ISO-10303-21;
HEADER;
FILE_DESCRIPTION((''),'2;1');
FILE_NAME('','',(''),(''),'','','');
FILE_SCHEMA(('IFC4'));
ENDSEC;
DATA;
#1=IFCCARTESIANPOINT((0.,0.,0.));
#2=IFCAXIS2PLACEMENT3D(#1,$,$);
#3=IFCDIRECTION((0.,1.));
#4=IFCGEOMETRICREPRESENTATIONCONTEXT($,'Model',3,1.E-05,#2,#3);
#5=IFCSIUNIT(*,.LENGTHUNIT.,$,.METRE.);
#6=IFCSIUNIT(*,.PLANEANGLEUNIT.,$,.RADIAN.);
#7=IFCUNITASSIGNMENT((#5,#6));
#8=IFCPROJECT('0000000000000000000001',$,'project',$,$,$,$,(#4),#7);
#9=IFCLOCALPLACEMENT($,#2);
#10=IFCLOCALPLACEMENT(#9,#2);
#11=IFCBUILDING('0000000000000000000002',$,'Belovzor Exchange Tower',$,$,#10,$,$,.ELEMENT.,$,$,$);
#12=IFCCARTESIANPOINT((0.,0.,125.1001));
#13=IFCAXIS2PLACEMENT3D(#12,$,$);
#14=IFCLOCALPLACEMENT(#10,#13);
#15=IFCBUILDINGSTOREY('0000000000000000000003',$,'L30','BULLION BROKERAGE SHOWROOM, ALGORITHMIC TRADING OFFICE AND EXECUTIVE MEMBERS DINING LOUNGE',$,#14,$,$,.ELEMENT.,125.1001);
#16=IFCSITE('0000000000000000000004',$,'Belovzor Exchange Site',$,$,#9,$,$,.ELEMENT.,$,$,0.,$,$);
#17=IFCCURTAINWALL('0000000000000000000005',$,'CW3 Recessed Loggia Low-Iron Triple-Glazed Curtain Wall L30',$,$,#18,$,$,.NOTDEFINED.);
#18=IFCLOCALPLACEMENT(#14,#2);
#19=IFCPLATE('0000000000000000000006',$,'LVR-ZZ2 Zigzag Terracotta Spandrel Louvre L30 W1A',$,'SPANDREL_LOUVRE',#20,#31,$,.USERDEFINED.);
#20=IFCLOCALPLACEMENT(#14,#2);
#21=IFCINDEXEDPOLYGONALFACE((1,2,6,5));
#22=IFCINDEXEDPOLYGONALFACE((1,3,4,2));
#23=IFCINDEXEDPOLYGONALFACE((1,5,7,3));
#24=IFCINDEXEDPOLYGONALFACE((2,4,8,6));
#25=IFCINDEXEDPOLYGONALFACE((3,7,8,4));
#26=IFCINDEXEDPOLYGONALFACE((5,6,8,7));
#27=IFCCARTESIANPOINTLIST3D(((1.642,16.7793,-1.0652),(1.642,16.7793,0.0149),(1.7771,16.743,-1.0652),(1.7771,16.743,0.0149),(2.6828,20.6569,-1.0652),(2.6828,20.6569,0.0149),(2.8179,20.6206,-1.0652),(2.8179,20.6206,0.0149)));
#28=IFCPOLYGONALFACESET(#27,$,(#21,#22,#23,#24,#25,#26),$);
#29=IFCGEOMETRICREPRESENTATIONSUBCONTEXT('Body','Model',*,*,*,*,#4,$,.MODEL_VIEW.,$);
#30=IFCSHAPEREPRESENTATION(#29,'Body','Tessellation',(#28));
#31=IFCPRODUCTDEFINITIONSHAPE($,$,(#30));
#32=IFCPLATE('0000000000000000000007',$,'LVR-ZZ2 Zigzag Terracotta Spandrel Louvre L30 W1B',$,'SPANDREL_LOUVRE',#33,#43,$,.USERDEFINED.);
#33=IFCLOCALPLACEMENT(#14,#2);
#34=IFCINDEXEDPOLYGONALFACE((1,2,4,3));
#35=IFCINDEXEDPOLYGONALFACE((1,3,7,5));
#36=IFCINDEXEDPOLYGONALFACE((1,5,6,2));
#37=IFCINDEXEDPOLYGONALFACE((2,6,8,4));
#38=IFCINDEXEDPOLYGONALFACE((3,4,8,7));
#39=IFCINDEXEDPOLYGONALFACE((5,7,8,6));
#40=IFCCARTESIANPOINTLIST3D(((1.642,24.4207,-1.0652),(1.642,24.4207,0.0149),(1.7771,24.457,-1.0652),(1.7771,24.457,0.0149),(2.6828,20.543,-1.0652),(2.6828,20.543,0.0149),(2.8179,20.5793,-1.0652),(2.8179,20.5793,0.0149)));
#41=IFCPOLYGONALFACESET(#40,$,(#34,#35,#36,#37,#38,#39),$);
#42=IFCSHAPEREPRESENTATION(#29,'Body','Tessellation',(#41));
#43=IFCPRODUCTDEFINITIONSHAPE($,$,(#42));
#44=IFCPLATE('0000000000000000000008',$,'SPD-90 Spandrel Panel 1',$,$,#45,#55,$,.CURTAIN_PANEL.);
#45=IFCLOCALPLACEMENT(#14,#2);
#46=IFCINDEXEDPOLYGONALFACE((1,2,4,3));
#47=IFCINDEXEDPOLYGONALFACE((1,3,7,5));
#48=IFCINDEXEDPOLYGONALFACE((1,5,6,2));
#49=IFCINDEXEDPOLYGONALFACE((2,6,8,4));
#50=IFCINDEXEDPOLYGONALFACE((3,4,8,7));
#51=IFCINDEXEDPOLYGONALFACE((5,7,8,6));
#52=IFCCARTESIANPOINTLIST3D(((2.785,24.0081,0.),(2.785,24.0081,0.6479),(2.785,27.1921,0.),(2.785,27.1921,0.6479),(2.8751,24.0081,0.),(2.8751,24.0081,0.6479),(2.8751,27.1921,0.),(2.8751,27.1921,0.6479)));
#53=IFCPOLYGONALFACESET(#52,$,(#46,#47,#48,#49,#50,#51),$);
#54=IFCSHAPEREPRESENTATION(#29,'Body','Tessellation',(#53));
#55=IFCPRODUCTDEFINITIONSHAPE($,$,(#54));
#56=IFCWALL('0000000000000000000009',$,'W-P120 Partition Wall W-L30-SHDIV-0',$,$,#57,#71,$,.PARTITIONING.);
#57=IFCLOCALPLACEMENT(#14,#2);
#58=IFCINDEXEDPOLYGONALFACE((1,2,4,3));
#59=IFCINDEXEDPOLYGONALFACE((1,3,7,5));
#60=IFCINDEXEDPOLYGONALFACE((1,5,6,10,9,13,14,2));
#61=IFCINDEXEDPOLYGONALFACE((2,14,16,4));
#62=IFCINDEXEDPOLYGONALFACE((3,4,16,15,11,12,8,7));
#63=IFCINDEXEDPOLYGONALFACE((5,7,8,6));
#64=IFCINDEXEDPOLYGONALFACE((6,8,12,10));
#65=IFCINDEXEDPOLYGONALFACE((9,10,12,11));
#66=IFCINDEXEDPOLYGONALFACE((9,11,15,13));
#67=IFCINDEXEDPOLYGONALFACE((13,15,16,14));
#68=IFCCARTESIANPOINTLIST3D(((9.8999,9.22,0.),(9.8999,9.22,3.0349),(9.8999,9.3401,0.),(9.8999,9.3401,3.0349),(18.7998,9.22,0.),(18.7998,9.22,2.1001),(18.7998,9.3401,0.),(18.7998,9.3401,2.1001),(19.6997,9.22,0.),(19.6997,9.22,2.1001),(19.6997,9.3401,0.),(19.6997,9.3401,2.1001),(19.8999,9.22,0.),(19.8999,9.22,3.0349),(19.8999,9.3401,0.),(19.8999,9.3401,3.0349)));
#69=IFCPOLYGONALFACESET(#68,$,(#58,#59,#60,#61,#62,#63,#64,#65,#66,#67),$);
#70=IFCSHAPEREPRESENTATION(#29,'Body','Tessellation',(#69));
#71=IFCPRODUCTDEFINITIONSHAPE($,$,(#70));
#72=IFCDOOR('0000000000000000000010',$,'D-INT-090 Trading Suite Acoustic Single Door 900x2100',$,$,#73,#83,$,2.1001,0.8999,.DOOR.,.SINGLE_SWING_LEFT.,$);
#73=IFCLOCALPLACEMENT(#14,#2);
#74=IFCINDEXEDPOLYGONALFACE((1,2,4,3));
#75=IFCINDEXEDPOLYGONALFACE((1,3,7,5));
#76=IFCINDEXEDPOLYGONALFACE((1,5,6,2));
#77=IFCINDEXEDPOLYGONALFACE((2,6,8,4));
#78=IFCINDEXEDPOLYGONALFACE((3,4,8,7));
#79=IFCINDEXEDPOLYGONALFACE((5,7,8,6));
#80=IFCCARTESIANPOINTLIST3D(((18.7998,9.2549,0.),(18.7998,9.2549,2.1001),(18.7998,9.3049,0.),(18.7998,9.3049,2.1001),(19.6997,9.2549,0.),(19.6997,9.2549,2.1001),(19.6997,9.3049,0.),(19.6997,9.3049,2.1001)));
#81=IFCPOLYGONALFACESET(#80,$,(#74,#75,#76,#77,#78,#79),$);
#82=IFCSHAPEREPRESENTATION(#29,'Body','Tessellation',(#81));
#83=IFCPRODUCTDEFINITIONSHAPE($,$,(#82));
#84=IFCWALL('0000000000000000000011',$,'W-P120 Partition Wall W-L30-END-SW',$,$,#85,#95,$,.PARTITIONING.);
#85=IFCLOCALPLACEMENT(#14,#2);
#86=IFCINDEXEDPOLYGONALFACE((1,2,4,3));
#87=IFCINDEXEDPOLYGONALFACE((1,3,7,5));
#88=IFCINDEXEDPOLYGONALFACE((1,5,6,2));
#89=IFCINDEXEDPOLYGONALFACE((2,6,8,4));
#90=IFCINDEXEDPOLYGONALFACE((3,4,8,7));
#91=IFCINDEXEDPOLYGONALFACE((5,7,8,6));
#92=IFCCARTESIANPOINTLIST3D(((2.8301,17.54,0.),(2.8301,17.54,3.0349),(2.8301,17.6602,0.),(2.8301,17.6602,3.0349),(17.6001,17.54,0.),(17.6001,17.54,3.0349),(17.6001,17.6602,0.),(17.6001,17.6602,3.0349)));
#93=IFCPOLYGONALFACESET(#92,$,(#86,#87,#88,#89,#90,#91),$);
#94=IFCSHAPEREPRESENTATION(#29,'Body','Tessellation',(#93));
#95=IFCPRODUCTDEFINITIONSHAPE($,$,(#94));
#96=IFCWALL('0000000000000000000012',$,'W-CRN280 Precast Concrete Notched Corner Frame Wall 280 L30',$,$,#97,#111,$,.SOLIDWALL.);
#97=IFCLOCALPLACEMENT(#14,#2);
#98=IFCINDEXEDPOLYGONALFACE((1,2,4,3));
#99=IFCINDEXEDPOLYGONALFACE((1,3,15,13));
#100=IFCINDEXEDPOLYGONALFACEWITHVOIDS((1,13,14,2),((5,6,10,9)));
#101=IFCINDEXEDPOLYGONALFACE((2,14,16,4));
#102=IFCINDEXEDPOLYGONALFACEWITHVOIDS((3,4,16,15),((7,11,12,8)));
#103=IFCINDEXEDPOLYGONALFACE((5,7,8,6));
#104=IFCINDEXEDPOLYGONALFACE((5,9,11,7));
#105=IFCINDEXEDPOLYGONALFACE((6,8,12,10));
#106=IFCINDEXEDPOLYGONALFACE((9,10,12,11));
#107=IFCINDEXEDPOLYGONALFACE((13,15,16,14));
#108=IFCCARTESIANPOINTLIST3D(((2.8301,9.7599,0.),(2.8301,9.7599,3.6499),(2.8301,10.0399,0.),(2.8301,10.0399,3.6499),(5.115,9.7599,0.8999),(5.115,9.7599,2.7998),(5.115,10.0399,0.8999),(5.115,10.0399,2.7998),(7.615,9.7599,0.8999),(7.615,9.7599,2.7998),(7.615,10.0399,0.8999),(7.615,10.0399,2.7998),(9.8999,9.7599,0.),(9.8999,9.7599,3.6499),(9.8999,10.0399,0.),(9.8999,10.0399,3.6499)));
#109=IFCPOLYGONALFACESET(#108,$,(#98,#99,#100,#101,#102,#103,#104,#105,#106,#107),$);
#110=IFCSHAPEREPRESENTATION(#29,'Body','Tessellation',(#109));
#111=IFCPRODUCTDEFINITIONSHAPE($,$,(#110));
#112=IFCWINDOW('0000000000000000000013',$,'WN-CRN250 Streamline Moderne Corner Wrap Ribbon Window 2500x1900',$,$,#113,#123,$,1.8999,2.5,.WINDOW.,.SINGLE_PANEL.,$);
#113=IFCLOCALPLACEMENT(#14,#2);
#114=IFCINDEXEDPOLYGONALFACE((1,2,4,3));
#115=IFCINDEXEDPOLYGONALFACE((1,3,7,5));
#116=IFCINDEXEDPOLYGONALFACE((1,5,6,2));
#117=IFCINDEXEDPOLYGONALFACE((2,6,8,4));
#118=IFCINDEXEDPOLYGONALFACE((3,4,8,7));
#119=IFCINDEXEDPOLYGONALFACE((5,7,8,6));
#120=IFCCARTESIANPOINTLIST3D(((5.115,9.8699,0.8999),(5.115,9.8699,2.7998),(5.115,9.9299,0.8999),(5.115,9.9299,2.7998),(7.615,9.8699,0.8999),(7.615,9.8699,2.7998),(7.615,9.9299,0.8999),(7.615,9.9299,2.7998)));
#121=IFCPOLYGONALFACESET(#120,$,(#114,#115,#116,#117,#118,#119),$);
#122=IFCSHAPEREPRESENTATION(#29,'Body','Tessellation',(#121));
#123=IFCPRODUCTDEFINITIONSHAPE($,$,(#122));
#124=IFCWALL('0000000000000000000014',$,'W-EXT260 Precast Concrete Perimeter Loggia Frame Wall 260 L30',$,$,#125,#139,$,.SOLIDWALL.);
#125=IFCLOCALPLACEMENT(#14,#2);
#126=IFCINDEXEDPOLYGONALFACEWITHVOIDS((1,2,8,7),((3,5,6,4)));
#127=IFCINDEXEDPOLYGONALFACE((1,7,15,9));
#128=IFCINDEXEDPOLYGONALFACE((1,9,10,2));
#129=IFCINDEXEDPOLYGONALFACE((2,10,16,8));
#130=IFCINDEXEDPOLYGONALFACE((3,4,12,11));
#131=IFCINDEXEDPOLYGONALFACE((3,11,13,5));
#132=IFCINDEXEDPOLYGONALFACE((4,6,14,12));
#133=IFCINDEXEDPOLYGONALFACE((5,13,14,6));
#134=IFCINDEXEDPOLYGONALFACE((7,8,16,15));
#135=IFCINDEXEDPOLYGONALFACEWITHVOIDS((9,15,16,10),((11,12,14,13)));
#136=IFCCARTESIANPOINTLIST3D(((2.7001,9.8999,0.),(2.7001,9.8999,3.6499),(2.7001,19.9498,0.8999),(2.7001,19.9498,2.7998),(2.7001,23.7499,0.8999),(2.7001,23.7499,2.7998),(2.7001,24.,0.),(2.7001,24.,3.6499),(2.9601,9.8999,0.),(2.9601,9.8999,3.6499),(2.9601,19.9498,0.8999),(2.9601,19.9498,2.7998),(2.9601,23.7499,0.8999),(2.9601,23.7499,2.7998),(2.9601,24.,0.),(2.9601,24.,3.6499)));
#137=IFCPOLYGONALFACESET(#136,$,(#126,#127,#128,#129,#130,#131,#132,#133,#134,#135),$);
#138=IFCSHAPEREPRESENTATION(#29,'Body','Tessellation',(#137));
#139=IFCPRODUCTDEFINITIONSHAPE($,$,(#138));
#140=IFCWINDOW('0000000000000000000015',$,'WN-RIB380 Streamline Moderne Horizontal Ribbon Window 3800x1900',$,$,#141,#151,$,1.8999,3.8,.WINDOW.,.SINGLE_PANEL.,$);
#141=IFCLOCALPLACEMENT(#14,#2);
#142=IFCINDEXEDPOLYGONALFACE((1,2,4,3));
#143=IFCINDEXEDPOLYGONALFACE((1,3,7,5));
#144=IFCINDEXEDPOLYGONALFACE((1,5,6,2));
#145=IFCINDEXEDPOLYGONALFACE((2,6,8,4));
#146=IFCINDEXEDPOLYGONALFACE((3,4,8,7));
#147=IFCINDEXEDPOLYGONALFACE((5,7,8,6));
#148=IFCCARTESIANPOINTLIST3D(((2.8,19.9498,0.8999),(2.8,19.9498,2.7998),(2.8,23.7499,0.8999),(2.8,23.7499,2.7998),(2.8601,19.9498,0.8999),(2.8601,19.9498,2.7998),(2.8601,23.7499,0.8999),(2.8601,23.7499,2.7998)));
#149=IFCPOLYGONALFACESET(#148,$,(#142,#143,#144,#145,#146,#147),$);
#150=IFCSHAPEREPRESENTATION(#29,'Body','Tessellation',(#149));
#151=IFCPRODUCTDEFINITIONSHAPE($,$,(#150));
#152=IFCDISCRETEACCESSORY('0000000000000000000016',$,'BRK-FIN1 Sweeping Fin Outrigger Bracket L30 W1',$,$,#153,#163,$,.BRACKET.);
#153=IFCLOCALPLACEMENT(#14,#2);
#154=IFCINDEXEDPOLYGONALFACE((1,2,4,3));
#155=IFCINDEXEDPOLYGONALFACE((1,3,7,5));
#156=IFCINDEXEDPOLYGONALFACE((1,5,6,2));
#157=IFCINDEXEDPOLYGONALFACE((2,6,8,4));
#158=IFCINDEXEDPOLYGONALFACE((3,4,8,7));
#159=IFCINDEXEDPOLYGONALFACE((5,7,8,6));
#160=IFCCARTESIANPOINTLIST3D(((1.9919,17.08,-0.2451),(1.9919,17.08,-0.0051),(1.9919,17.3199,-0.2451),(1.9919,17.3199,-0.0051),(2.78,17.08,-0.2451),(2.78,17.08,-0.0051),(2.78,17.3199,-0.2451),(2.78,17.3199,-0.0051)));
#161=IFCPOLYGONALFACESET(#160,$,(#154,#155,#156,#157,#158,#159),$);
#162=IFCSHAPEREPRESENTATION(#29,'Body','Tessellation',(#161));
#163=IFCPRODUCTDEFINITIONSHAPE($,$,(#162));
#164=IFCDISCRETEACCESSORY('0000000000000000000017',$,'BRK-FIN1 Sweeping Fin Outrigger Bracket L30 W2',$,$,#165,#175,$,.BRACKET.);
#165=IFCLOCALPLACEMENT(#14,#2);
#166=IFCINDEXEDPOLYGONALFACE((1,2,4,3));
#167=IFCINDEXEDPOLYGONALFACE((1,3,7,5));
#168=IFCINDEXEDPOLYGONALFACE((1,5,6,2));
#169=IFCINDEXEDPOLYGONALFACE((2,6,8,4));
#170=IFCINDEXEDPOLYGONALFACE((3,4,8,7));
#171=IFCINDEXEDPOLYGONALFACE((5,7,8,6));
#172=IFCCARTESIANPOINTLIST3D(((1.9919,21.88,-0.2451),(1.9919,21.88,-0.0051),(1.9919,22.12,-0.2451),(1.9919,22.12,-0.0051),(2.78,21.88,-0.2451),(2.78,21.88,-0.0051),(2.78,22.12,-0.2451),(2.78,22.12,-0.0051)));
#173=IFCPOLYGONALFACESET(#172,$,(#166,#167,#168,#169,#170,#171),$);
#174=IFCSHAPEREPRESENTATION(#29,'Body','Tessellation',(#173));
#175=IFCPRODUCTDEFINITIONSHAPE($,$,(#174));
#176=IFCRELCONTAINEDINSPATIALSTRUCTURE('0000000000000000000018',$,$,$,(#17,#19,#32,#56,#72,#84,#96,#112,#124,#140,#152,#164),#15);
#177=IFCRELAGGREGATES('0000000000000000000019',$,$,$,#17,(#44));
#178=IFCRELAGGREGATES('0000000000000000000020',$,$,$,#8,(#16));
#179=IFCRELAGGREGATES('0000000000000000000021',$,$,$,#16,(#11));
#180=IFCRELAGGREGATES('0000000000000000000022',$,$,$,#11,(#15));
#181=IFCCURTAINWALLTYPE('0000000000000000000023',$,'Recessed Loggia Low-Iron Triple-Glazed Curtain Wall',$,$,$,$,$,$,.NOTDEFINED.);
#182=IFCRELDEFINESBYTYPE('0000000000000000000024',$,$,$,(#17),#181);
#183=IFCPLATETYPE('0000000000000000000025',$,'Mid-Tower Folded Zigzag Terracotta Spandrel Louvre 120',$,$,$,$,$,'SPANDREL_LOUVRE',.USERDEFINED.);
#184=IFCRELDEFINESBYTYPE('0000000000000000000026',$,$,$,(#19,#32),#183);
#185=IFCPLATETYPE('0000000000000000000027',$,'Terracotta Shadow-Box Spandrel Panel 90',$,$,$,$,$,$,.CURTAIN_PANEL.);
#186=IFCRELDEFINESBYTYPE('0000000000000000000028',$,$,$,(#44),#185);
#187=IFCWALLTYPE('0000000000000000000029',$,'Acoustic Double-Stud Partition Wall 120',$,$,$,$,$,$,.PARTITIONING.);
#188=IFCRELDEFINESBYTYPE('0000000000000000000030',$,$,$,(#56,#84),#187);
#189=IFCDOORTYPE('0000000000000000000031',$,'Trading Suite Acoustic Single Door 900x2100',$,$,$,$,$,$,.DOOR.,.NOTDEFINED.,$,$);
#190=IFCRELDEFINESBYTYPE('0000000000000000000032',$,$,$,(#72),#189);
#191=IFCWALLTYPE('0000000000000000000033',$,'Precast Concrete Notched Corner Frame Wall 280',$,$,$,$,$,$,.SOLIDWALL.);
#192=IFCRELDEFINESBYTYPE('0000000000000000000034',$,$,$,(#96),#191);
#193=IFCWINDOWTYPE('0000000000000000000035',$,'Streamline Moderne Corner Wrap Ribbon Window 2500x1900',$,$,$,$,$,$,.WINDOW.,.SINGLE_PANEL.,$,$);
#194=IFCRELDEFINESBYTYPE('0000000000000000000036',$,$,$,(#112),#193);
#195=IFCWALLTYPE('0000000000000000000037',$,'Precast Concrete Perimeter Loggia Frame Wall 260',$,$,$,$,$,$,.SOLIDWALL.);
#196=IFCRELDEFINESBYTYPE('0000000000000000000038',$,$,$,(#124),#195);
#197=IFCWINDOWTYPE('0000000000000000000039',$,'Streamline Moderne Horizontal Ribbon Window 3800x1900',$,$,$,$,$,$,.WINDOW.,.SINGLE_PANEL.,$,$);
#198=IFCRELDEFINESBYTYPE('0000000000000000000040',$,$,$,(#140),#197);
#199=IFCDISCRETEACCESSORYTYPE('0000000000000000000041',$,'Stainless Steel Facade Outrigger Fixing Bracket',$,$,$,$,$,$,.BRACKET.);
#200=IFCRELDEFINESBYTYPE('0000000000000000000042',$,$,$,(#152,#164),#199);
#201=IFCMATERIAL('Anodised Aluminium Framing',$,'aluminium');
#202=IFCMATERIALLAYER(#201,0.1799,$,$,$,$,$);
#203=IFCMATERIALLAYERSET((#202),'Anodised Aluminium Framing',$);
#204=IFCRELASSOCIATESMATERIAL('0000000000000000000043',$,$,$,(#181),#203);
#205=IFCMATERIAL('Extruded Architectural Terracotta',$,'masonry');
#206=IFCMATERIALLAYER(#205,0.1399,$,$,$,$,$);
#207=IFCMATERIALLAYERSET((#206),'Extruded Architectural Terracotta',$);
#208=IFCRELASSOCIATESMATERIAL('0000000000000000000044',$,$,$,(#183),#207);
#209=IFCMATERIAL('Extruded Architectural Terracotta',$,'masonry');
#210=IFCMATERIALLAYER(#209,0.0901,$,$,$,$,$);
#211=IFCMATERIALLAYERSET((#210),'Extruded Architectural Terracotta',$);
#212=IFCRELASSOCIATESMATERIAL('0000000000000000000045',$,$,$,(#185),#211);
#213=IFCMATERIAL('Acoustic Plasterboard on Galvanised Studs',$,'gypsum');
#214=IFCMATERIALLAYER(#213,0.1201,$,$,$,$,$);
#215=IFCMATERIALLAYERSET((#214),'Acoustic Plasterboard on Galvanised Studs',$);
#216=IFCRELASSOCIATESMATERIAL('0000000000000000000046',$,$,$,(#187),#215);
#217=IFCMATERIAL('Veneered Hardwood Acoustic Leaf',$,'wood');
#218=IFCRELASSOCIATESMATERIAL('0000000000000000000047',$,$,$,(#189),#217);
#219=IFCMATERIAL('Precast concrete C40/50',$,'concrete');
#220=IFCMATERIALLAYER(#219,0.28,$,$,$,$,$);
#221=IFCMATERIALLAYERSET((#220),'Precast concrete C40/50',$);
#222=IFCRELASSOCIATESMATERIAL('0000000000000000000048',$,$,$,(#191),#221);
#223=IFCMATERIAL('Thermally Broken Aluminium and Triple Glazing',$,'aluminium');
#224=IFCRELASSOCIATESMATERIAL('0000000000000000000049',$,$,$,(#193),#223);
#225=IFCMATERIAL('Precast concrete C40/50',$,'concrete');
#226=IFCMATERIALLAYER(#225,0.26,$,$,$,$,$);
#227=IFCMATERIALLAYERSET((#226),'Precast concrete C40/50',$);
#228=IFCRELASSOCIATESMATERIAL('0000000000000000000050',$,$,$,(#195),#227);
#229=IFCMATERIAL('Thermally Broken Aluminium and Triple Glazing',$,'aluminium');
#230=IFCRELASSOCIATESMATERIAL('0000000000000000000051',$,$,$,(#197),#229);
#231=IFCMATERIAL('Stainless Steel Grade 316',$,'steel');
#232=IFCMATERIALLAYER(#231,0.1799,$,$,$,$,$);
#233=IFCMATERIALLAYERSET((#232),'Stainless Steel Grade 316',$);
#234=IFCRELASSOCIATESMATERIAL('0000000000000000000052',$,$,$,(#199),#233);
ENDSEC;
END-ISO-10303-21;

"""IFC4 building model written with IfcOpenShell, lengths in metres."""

from ifc_helpers import new_model, si_unit, direction, frame, frame_2d, origin, origin_2d, place, context, subcontext, project, spatial, rectangle, extrude, material, layer, layer_set, type_object, element, fill, aggregate, save


model = new_model("IFC4")

# Units and contexts
model_context = context("Model", 3, precision=1e-05, world=origin(), true_north=direction((0.0, 1.0)))
body_context = subcontext(model_context, "Body", "Model", "MODEL_VIEW")
ifc_project = project(units=[si_unit("LENGTHUNIT", "METRE"), si_unit("PLANEANGLEUNIT", "RADIAN")], contexts=[model_context])

# Site, building, storey
site_placement = place(None, origin())
site = spatial("IfcSite", under=ifc_project, at=site_placement, Name="Belovzor Exchange Site", CompositionType="ELEMENT", RefElevation=0.0)
building_placement = place(site_placement, origin())
building = spatial("IfcBuilding", under=site, at=building_placement, Name="Belovzor Exchange Tower", CompositionType="ELEMENT")
storey_placement = place(building_placement, frame((0.0, 0.0, 125.1001)))
storey = spatial("IfcBuildingStorey", under=building, at=storey_placement, Name="L30", Description="BULLION BROKERAGE SHOWROOM, ALGORITHMIC TRADING OFFICE AND EXECUTIVE MEMBERS DINING LOUNGE", CompositionType="ELEMENT", Elevation=125.1001)

# Curtain wall
ifc_material_1 = material(Name="Anodised Aluminium Framing", Category="aluminium")
ifc_layer_1 = layer(ifc_material_1, 0.1799)
ifc_layer_set_1 = layer_set([ifc_layer_1], Name="Anodised Aluminium Framing")
curtain_wall_type = type_object("IfcCurtainWallType", Name="Recessed Loggia Low-Iron Triple-Glazed Curtain Wall", PredefinedType="NOTDEFINED", material=ifc_layer_set_1)
curtain_wall_placement = place(storey_placement, origin())
curtain_wall = element("IfcCurtainWall", 1, at=curtain_wall_placement, inside=storey, type_object=curtain_wall_type, Name="CW3 Recessed Loggia Low-Iron Triple-Glazed Curtain Wall L30", PredefinedType="NOTDEFINED")

# Plates
ifc_material_2 = material(Name="Extruded Architectural Terracotta", Category="masonry")
ifc_layer_2 = layer(ifc_material_2, 0.1399)
ifc_layer_set_2 = layer_set([ifc_layer_2], Name="Extruded Architectural Terracotta")
plate_type_1 = type_object("IfcPlateType", Name="Mid-Tower Folded Zigzag Terracotta Spandrel Louvre 120", ElementType="SPANDREL_LOUVRE", PredefinedType="USERDEFINED", material=ifc_layer_set_2)
for number, where, z_axis, x_axis, name in (
    (2, (2.23, 18.7, -1.0652), (0.0, 0.0, 1.0), (0.25924, 0.965813, 0.0), "LVR-ZZ2 Zigzag Terracotta Spandrel Louvre L30 W1A"),
    (3, (2.23, 22.5, -1.0652), (0.0, 0.0, 1.0), (-0.25924, 0.965813, 0.0), "LVR-ZZ2 Zigzag Terracotta Spandrel Louvre L30 W1B"),
):
    element("IfcPlate", number, at=place(storey_placement, frame(where, z_axis=z_axis, x_axis=x_axis)), inside=storey, type_object=plate_type_1, Name=name, ObjectType="SPANDREL_LOUVRE", PredefinedType="USERDEFINED", context=body_context, shape_type="SweptSolid", body=[
        extrude(rectangle(XDim=4.0149, YDim=0.1399, at=origin_2d()), origin(), (0.0, 0.0, 1.0), 1.0801),
    ])

# Plate
ifc_material_3 = material(Name="Extruded Architectural Terracotta", Category="masonry")
ifc_layer_3 = layer(ifc_material_3, 0.0901)
ifc_layer_set_3 = layer_set([ifc_layer_3], Name="Extruded Architectural Terracotta")
plate_type_2 = type_object("IfcPlateType", Name="Terracotta Shadow-Box Spandrel Panel 90", PredefinedType="CURTAIN_PANEL", material=ifc_layer_set_3)
plate_placement = place(storey_placement, frame((2.8301, 25.6001, 0.0), z_axis=(0.0, 0.0, 1.0), x_axis=(0.0, 1.0, 0.0)))
plate = element("IfcPlate", 4, at=plate_placement, type_object=plate_type_2, Name="SPD-90 Spandrel Panel 1", PredefinedType="CURTAIN_PANEL", context=body_context, shape_type="SweptSolid", body=[
    extrude(rectangle(XDim=3.1841, YDim=0.0901, at=origin_2d()), origin(), (0.0, 0.0, 1.0), 0.6479),
])
aggregate(curtain_wall, [plate])

# Wall, opening, door
ifc_material_4 = material(Name="Acoustic Plasterboard on Galvanised Studs", Category="gypsum")
ifc_layer_4 = layer(ifc_material_4, 0.1201)
ifc_layer_set_4 = layer_set([ifc_layer_4], Name="Acoustic Plasterboard on Galvanised Studs")
wall_type_1 = type_object("IfcWallType", Name="Acoustic Double-Stud Partition Wall 120", PredefinedType="PARTITIONING", material=ifc_layer_set_4)
wall_1_placement = place(storey_placement, frame((9.8999, 9.28, 0.0), z_axis=(0.0, 0.0, 1.0), x_axis=(1.0, 0.0, 0.0)))
wall_1 = element("IfcWall", 5, at=wall_1_placement, inside=storey, type_object=wall_type_1, Name="W-P120 Partition Wall W-L30-SHDIV-0", PredefinedType="PARTITIONING", context=body_context, shape_type="SweptSolid", body=[
    extrude(rectangle(XDim=10.0, YDim=0.1201, at=frame_2d((5.0, 0.0))), origin(), (0.0, 0.0, 1.0), 3.0349),
])
opening_1_placement = place(wall_1_placement, frame((8.8999, 0.0, 0.0)))
opening_1 = element("IfcOpeningElement", 6, at=opening_1_placement, cuts=wall_1, PredefinedType="OPENING", context=body_context, shape_type="SweptSolid", body=[
    extrude(rectangle(XDim=0.8999, YDim=2.1001, at=frame_2d((0.45, 1.05))), frame((0.0, 0.0701, 0.0), z_axis=(0.0, -1.0, 0.0), x_axis=(1.0, 0.0, 0.0)), (0.0, 0.0, 1.0), 0.1401),
])
ifc_material_5 = material(Name="Veneered Hardwood Acoustic Leaf", Category="wood")
door_type = type_object("IfcDoorType", Name="Trading Suite Acoustic Single Door 900x2100", OperationType="NOTDEFINED", PredefinedType="DOOR", material=ifc_material_5)
door_placement = place(opening_1_placement, origin())
door = element("IfcDoor", 7, at=door_placement, inside=storey, type_object=door_type, Name="D-INT-090 Trading Suite Acoustic Single Door 900x2100", OperationType="SINGLE_SWING_LEFT", OverallHeight=2.1001, OverallWidth=0.8999, PredefinedType="DOOR", context=body_context, shape_type="SweptSolid", body=[
    extrude(rectangle(XDim=0.8999, YDim=2.1001, at=frame_2d((0.45, 1.05))), frame((0.0, 0.0249, 0.0), z_axis=(0.0, -1.0, 0.0), x_axis=(1.0, 0.0, 0.0)), (0.0, 0.0, 1.0), 0.05),
])
fill(opening_1, door)

# Wall
wall_2_placement = place(storey_placement, frame((2.8301, 17.6001, 0.0), z_axis=(0.0, 0.0, 1.0), x_axis=(1.0, 0.0, 0.0)))
element("IfcWall", 8, at=wall_2_placement, inside=storey, type_object=wall_type_1, Name="W-P120 Partition Wall W-L30-END-SW", PredefinedType="PARTITIONING", context=body_context, shape_type="SweptSolid", body=[
    extrude(rectangle(XDim=14.77, YDim=0.1201, at=frame_2d((7.385, 0.0))), origin(), (0.0, 0.0, 1.0), 3.0349),
])

# Walls, openings, windows
ifc_material_6 = material(Name="Precast concrete C40/50", Category="concrete")
ifc_layer_5 = layer(ifc_material_6, 0.28)
ifc_layer_set_5 = layer_set([ifc_layer_5], Name="Precast concrete C40/50")
wall_type_2 = type_object("IfcWallType", Name="Precast Concrete Notched Corner Frame Wall 280", PredefinedType="SOLIDWALL", material=ifc_layer_set_5)
wall_3_placement = place(storey_placement, frame((9.8999, 9.8999, 0.0), z_axis=(0.0, 0.0, 1.0), x_axis=(-1.0, 0.0, 0.0)))
wall_3 = element("IfcWall", 9, at=wall_3_placement, inside=storey, type_object=wall_type_2, Name="W-CRN280 Precast Concrete Notched Corner Frame Wall 280 L30", PredefinedType="SOLIDWALL", context=body_context, shape_type="SweptSolid", body=[
    extrude(rectangle(XDim=7.0698, YDim=0.28, at=frame_2d((3.5349, 0.0))), origin(), (0.0, 0.0, 1.0), 3.6499),
])
opening_2_placement = place(wall_3_placement, frame((2.2849, 0.0, 0.8999)))
opening_2 = element("IfcOpeningElement", 10, at=opening_2_placement, cuts=wall_3, PredefinedType="OPENING", context=body_context, shape_type="SweptSolid", body=[
    extrude(rectangle(XDim=2.5, YDim=1.8999, at=frame_2d((1.25, 0.95))), frame((0.0, 0.1499, 0.0), z_axis=(0.0, -1.0, 0.0), x_axis=(1.0, 0.0, 0.0)), (0.0, 0.0, 1.0), 0.3),
])
ifc_material_7 = material(Name="Thermally Broken Aluminium and Triple Glazing", Category="aluminium")
window_type_1 = type_object("IfcWindowType", Name="Streamline Moderne Corner Wrap Ribbon Window 2500x1900", PartitioningType="SINGLE_PANEL", PredefinedType="WINDOW", material=ifc_material_7)
window_1_placement = place(opening_2_placement, origin())
window_1 = element("IfcWindow", 11, at=window_1_placement, inside=storey, type_object=window_type_1, Name="WN-CRN250 Streamline Moderne Corner Wrap Ribbon Window 2500x1900", OverallHeight=1.8999, OverallWidth=2.5, PartitioningType="SINGLE_PANEL", PredefinedType="WINDOW", context=body_context, shape_type="SweptSolid", body=[
    extrude(rectangle(XDim=2.5, YDim=1.8999, at=frame_2d((1.25, 0.95))), frame((0.0, 0.03, 0.0), z_axis=(0.0, -1.0, 0.0), x_axis=(1.0, 0.0, 0.0)), (0.0, 0.0, 1.0), 0.0601),
])
fill(opening_2, window_1)
ifc_material_8 = material(Name="Precast concrete C40/50", Category="concrete")
ifc_layer_6 = layer(ifc_material_8, 0.26)
ifc_layer_set_6 = layer_set([ifc_layer_6], Name="Precast concrete C40/50")
wall_type_3 = type_object("IfcWallType", Name="Precast Concrete Perimeter Loggia Frame Wall 260", PredefinedType="SOLIDWALL", material=ifc_layer_set_6)
wall_4_placement = place(storey_placement, frame((2.8301, 9.8999, 0.0), z_axis=(0.0, 0.0, 1.0), x_axis=(0.0, 1.0, 0.0)))
wall_4 = element("IfcWall", 12, at=wall_4_placement, inside=storey, type_object=wall_type_3, Name="W-EXT260 Precast Concrete Perimeter Loggia Frame Wall 260 L30", PredefinedType="SOLIDWALL", context=body_context, shape_type="SweptSolid", body=[
    extrude(rectangle(XDim=14.1001, YDim=0.26, at=frame_2d((7.05, 0.0))), origin(), (0.0, 0.0, 1.0), 3.6499),
])
opening_3_placement = place(wall_4_placement, frame((10.05, 0.0, 0.8999)))
opening_3 = element("IfcOpeningElement", 13, at=opening_3_placement, cuts=wall_4, PredefinedType="OPENING", context=body_context, shape_type="SweptSolid", body=[
    extrude(rectangle(XDim=3.8, YDim=1.8999, at=frame_2d((1.8999, 0.95))), frame((0.0, 0.1399, 0.0), z_axis=(0.0, -1.0, 0.0), x_axis=(1.0, 0.0, 0.0)), (0.0, 0.0, 1.0), 0.28),
])
ifc_material_9 = material(Name="Thermally Broken Aluminium and Triple Glazing", Category="aluminium")
window_type_2 = type_object("IfcWindowType", Name="Streamline Moderne Horizontal Ribbon Window 3800x1900", PartitioningType="SINGLE_PANEL", PredefinedType="WINDOW", material=ifc_material_9)
window_2_placement = place(opening_3_placement, origin())
window_2 = element("IfcWindow", 14, at=window_2_placement, inside=storey, type_object=window_type_2, Name="WN-RIB380 Streamline Moderne Horizontal Ribbon Window 3800x1900", OverallHeight=1.8999, OverallWidth=3.8, PartitioningType="SINGLE_PANEL", PredefinedType="WINDOW", context=body_context, shape_type="SweptSolid", body=[
    extrude(rectangle(XDim=3.8, YDim=1.8999, at=frame_2d((1.8999, 0.95))), frame((0.0, 0.03, 0.0), z_axis=(0.0, -1.0, 0.0), x_axis=(1.0, 0.0, 0.0)), (0.0, 0.0, 1.0), 0.0601),
])
fill(opening_3, window_2)

# Discrete accessories
ifc_material_10 = material(Name="Stainless Steel Grade 316", Category="steel")
ifc_layer_7 = layer(ifc_material_10, 0.1799)
ifc_layer_set_7 = layer_set([ifc_layer_7], Name="Stainless Steel Grade 316")
discrete_accessory_type = type_object("IfcDiscreteAccessoryType", Name="Stainless Steel Facade Outrigger Fixing Bracket", PredefinedType="BRACKET", material=ifc_layer_set_7)
for number, where, z_axis, x_axis, name in (
    (15, (2.386, 17.2, -0.2451), (0.0, 0.0, 1.0), (1.0, 0.0, 0.0), "BRK-FIN1 Sweeping Fin Outrigger Bracket L30 W1"),
    (16, (2.386, 22.0, -0.2451), (0.0, 0.0, 1.0), (1.0, 0.0, 0.0), "BRK-FIN1 Sweeping Fin Outrigger Bracket L30 W2"),
):
    element("IfcDiscreteAccessory", number, at=place(storey_placement, frame(where, z_axis=z_axis, x_axis=x_axis)), inside=storey, type_object=discrete_accessory_type, Name=name, PredefinedType="BRACKET", context=body_context, shape_type="SweptSolid", body=[
        extrude(rectangle(XDim=0.7881, YDim=0.24, at=origin_2d()), origin(), (0.0, 0.0, 1.0), 0.24),
    ])

save(model, "model.ifc")
